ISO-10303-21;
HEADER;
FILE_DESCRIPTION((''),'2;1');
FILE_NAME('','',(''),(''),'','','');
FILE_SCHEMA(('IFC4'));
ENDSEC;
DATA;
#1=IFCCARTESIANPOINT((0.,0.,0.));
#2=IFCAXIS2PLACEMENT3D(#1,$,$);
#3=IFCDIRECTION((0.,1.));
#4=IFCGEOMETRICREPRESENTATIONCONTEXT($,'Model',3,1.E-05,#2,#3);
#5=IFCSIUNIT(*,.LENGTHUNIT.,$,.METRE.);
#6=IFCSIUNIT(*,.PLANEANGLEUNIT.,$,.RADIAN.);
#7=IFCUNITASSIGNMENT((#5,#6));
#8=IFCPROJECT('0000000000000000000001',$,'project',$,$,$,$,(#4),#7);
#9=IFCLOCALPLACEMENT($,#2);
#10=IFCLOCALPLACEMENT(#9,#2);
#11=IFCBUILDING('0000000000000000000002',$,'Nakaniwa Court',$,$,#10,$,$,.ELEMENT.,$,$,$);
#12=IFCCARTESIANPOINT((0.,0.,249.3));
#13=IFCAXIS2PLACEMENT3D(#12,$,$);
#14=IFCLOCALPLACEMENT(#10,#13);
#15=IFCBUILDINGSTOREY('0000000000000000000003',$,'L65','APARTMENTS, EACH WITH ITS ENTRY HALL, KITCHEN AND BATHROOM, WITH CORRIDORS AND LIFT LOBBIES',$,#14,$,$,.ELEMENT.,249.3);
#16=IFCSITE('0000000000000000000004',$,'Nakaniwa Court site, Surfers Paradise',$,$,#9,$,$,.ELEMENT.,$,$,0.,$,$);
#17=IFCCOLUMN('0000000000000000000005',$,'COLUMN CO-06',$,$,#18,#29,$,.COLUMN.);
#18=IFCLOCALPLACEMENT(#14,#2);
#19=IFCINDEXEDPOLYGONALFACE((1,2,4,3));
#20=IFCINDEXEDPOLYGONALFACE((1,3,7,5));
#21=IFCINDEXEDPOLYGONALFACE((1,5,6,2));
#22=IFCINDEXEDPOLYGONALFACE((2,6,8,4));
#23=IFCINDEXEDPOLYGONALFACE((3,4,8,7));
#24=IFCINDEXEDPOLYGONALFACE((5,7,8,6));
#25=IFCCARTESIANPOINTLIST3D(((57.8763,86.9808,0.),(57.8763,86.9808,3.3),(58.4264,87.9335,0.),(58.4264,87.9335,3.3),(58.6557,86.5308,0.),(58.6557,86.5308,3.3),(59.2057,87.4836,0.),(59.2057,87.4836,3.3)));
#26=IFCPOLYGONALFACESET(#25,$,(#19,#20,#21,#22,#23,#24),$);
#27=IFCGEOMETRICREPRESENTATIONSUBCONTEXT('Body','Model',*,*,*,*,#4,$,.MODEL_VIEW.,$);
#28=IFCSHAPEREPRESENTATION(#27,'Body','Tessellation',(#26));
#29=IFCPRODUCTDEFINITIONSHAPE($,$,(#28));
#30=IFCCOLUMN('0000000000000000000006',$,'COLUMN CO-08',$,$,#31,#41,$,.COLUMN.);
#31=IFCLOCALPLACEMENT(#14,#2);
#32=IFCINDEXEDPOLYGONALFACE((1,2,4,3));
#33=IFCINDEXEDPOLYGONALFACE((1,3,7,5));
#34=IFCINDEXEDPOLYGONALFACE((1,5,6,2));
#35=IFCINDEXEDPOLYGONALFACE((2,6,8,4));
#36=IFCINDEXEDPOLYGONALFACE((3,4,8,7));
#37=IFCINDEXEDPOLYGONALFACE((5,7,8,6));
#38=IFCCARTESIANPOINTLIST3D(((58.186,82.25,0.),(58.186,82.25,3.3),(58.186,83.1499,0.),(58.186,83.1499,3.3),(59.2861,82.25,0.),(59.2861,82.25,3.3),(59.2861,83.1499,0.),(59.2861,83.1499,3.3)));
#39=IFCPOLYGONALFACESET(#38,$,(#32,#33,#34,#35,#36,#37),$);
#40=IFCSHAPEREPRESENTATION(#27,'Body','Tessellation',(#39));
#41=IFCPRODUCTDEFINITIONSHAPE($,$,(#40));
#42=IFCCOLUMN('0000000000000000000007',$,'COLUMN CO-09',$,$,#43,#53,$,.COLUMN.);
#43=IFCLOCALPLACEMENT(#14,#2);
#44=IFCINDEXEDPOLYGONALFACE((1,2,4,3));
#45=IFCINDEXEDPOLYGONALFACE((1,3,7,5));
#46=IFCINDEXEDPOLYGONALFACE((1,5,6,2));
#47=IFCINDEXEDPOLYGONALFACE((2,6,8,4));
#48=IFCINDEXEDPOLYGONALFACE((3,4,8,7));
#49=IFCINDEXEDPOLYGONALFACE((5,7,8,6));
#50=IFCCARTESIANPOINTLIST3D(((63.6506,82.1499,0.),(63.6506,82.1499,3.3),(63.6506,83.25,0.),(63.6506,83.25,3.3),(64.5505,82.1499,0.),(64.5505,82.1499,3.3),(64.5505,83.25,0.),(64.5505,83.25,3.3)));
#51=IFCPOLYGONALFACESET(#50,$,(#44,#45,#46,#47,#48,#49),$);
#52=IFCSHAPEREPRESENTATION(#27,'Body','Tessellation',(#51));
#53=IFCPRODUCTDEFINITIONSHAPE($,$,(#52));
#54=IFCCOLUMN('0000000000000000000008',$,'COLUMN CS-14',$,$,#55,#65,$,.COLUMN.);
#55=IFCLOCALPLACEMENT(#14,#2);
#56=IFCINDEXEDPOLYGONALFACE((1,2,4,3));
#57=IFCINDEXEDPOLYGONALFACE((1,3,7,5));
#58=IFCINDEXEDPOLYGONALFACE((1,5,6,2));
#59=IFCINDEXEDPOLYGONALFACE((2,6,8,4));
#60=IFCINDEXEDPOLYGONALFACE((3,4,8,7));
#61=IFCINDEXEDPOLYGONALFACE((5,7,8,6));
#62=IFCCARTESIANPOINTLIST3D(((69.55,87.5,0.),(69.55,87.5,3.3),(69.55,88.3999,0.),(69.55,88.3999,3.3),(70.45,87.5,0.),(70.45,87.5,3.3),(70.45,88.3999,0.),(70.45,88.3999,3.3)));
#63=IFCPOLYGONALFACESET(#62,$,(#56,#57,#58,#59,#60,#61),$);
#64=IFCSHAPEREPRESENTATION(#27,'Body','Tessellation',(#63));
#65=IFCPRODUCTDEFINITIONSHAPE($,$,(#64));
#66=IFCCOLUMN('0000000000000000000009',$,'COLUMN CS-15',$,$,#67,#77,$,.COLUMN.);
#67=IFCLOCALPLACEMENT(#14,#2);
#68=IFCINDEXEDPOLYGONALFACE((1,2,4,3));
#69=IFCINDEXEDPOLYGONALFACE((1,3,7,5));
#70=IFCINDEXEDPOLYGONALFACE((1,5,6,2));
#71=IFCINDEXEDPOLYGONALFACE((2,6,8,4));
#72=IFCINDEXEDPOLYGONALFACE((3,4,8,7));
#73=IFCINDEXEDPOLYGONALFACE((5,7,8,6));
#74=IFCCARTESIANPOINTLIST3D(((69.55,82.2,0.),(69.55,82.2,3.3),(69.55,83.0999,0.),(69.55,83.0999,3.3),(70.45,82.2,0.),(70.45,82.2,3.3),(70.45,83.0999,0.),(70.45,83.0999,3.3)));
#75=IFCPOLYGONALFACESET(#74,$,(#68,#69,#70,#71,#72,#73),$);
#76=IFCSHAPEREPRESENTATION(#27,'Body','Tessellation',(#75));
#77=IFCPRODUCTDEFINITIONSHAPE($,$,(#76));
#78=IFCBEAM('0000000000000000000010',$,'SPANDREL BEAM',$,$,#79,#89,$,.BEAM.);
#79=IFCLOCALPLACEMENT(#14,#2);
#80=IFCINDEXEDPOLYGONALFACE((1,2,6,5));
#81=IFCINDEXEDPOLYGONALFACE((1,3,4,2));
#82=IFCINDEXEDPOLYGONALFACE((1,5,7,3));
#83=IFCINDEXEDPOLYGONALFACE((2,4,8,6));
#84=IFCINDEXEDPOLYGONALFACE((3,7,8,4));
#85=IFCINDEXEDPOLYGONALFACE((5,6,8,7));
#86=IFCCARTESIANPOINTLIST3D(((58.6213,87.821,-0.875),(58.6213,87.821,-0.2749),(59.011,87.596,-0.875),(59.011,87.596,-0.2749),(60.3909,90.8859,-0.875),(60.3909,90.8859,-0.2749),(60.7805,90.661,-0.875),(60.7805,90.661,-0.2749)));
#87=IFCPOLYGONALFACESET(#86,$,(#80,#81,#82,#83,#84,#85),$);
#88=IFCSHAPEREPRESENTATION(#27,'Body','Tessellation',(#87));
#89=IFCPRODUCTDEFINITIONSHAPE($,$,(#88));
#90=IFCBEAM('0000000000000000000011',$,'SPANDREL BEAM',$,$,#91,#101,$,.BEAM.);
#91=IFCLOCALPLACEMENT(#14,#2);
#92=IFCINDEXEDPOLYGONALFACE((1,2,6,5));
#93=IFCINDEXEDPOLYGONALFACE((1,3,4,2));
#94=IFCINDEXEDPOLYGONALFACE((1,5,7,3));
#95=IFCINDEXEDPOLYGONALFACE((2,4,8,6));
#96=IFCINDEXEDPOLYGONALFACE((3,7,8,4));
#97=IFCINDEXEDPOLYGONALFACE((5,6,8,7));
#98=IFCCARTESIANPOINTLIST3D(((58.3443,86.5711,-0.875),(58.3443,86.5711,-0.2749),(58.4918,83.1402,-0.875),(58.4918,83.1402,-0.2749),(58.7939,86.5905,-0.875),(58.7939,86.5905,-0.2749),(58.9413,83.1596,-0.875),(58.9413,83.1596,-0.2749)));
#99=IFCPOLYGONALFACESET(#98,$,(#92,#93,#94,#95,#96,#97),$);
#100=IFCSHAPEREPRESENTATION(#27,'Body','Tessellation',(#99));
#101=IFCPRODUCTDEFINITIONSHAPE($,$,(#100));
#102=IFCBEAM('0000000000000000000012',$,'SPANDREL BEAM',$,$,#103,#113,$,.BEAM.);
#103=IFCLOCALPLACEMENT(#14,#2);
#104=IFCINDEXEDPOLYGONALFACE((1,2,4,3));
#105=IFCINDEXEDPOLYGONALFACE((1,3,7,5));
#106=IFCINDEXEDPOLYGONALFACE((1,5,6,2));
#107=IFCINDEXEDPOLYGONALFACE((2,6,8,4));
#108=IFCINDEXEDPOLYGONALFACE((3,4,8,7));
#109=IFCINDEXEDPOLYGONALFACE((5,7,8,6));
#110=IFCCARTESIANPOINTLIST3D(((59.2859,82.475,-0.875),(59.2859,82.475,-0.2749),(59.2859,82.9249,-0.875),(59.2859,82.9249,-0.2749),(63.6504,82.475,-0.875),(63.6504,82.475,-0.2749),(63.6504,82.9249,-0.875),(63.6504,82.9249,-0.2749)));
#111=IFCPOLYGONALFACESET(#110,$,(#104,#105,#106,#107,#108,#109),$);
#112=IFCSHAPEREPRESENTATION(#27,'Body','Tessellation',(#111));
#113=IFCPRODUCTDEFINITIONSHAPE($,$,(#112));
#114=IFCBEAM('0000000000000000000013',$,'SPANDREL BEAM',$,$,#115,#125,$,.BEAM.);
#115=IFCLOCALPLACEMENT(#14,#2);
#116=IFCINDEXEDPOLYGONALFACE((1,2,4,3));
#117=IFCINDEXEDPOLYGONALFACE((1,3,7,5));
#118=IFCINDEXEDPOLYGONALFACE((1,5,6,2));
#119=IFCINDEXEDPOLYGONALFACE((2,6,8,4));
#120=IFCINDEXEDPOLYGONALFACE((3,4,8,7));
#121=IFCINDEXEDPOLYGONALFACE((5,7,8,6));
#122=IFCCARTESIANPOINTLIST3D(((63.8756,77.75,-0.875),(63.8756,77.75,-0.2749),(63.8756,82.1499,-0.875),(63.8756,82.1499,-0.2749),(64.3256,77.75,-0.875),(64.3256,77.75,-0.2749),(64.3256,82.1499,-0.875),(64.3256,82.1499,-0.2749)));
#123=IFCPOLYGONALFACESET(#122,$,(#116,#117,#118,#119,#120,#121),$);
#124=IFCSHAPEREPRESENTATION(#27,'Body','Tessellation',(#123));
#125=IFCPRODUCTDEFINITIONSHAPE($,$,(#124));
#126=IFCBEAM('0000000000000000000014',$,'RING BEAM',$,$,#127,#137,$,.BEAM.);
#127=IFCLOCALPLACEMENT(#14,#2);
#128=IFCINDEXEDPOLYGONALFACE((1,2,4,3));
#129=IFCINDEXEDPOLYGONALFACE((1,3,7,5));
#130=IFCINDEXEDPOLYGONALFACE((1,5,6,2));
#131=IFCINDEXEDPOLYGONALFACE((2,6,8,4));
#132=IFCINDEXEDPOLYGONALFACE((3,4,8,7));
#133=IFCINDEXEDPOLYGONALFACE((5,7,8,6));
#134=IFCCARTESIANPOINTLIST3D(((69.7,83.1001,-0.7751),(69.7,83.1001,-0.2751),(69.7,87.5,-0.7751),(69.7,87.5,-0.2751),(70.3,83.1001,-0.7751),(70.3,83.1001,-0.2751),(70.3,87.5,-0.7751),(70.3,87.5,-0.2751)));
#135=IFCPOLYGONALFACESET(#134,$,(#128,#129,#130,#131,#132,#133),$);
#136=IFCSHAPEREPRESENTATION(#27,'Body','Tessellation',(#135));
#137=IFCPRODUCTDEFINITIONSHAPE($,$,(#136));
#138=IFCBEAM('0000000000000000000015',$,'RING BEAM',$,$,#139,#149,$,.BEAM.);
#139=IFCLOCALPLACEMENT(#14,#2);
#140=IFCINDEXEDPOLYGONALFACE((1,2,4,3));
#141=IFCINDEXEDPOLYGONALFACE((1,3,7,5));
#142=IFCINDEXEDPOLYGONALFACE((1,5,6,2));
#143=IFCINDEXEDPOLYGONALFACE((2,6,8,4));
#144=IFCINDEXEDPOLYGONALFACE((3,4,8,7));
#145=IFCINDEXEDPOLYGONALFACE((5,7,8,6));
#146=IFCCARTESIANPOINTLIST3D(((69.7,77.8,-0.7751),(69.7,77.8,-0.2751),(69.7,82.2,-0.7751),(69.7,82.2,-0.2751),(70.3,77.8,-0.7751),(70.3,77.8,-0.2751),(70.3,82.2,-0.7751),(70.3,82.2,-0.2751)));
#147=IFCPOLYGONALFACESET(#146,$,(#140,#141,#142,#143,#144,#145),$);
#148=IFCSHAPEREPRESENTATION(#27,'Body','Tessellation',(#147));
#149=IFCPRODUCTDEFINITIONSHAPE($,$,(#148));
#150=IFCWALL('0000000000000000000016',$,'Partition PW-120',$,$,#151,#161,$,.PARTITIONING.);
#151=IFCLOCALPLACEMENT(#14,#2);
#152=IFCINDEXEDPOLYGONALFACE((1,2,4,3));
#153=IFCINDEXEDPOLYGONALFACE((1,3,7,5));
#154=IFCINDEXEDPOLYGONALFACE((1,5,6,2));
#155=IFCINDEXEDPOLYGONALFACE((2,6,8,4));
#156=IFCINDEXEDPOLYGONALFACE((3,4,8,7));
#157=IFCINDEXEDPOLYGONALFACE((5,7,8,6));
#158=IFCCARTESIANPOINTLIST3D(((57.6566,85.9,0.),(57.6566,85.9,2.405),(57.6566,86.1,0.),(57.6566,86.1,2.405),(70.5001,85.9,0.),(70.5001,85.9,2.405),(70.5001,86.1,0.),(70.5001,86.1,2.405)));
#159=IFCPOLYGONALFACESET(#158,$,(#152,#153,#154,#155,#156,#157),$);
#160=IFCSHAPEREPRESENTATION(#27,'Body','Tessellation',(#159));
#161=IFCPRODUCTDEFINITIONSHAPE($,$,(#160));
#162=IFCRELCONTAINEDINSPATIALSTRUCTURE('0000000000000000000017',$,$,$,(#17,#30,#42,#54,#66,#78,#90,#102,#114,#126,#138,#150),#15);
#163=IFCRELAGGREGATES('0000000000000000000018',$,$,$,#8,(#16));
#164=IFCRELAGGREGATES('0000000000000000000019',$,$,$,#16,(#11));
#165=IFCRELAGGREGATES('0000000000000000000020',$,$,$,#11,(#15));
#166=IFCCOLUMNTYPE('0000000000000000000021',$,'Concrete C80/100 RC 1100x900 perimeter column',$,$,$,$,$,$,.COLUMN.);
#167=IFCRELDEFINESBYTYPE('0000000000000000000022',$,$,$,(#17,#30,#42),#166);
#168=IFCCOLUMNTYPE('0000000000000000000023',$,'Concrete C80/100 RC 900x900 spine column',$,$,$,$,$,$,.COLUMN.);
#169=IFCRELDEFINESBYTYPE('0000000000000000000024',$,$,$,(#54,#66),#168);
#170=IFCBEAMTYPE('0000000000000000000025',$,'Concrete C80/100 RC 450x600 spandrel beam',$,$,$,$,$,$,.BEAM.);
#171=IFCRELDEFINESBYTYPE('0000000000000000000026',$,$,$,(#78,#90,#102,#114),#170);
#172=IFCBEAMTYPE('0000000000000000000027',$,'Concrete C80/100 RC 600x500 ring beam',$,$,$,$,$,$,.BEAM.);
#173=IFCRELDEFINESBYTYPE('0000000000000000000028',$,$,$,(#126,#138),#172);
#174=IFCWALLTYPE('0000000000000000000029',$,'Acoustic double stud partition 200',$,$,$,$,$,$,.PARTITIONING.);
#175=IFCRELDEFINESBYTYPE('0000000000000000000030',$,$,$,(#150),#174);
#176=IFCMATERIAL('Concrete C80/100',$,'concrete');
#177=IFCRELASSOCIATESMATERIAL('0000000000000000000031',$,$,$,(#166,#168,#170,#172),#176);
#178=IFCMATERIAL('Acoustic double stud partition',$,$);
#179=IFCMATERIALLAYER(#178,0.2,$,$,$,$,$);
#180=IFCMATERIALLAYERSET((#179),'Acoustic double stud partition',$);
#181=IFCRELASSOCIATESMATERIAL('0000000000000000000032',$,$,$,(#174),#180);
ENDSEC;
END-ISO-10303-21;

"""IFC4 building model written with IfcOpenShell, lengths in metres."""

from ifc_helpers import new_model, si_unit, direction, frame, frame_2d, origin, origin_2d, place, context, subcontext, project, spatial, rectangle, extrude, material, layer, layer_set, material_profile, profile_set, type_object, element, save


model = new_model("IFC4")

# Units and contexts
model_context = context("Model", 3, precision=1e-05, world=origin(), true_north=direction((0.0, 1.0)))
body_context = subcontext(model_context, "Body", "Model", "MODEL_VIEW")
ifc_project = project(units=[si_unit("LENGTHUNIT", "METRE"), si_unit("PLANEANGLEUNIT", "RADIAN")], contexts=[model_context])

# Site, building, storey
site_placement = place(None, origin())
site = spatial("IfcSite", under=ifc_project, at=site_placement, Name="Nakaniwa Court site, Surfers Paradise", CompositionType="ELEMENT", RefElevation=0.0)
building_placement = place(site_placement, origin())
building = spatial("IfcBuilding", under=site, at=building_placement, Name="Nakaniwa Court", CompositionType="ELEMENT")
storey_placement = place(building_placement, frame((0.0, 0.0, 249.3)))
storey = spatial("IfcBuildingStorey", under=building, at=storey_placement, Name="L65", Description="APARTMENTS, EACH WITH ITS ENTRY HALL, KITCHEN AND BATHROOM, WITH CORRIDORS AND LIFT LOBBIES", CompositionType="ELEMENT", Elevation=249.3)

# Columns
ifc_material_1 = material(Name="Concrete C80/100", Category="concrete")
ifc_material_profile_1 = material_profile(ifc_material_1, rectangle(XDim=1.1001, YDim=0.8999, at=origin_2d()), Name="Concrete C80/100 RC 1100x900 perimeter column")
ifc_profile_set_1 = profile_set([ifc_material_profile_1], Name="Concrete C80/100")
column_type_1 = type_object("IfcColumnType", Name="Concrete C80/100 RC 1100x900 perimeter column", PredefinedType="COLUMN", material=ifc_profile_set_1)
for number, where, z_axis, x_axis, name in (
    (1, (58.541, 87.2322, 0.0), (0.0, 0.0, 1.0), (-0.5, -0.866025, 0.0), "COLUMN CO-06"),
    (2, (58.7361, 82.7, 0.0), (0.0, 0.0, 1.0), (1.0, 0.0, 0.0), "COLUMN CO-08"),
    (3, (64.1006, 82.7, 0.0), (0.0, 0.0, 1.0), (0.0, -1.0, 0.0), "COLUMN CO-09"),
):
    element("IfcColumn", number, at=place(storey_placement, frame(where, z_axis=z_axis, x_axis=x_axis)), inside=storey, type_object=column_type_1, Name=name, PredefinedType="COLUMN", context=body_context, shape_type="SweptSolid", body=[
        extrude(rectangle(XDim=1.1001, YDim=0.8999, at=origin_2d()), origin(), (0.0, 0.0, 1.0), 3.3),
    ])
ifc_material_profile_2 = material_profile(ifc_material_1, rectangle(XDim=0.8999, YDim=0.8999, at=origin_2d()), Name="Concrete C80/100 RC 900x900 spine column")
ifc_profile_set_2 = profile_set([ifc_material_profile_2], Name="Concrete C80/100")
column_type_2 = type_object("IfcColumnType", Name="Concrete C80/100 RC 900x900 spine column", PredefinedType="COLUMN", material=ifc_profile_set_2)
for number, where, z_axis, x_axis, name in (
    (4, (70.0, 87.95, 0.0), (0.0, 0.0, 1.0), (0.0, -1.0, 0.0), "COLUMN CS-14"),
    (5, (70.0, 82.6499, 0.0), (0.0, 0.0, 1.0), (0.0, -1.0, 0.0), "COLUMN CS-15"),
):
    element("IfcColumn", number, at=place(storey_placement, frame(where, z_axis=z_axis, x_axis=x_axis)), inside=storey, type_object=column_type_2, Name=name, PredefinedType="COLUMN", context=body_context, shape_type="SweptSolid", body=[
        extrude(rectangle(XDim=0.8999, YDim=0.8999, at=origin_2d()), origin(), (0.0, 0.0, 1.0), 3.3),
    ])

# Beams
ifc_material_profile_3 = material_profile(ifc_material_1, rectangle(XDim=0.45, YDim=0.6001, at=origin_2d()), Name="Concrete C80/100 RC 450x600 spandrel beam")
ifc_profile_set_3 = profile_set([ifc_material_profile_3], Name="Concrete C80/100")
beam_type_1 = type_object("IfcBeamType", Name="Concrete C80/100 RC 450x600 spandrel beam", PredefinedType="BEAM", material=ifc_profile_set_3)
beam_1_placement = place(storey_placement, frame((60.5857, 90.7734, -0.575), z_axis=(-0.499997, -0.866027, 0.0), x_axis=(0.866027, -0.499997, 0.0)))
element("IfcBeam", 6, at=beam_1_placement, inside=storey, type_object=beam_type_1, Name="SPANDREL BEAM", PredefinedType="BEAM", context=body_context, shape_type="SweptSolid", body=[
    extrude(rectangle(XDim=0.45, YDim=0.6001, at=origin_2d()), origin(), (0.0, 0.0, 1.0), 3.5391),
])
beam_2_placement = place(storey_placement, frame((58.5691, 86.5808, -0.575), z_axis=(0.042941, -0.999078, 0.0), x_axis=(0.999078, 0.042941, 0.0)))
element("IfcBeam", 7, at=beam_2_placement, inside=storey, type_object=beam_type_1, Name="SPANDREL BEAM", PredefinedType="BEAM", context=body_context, shape_type="SweptSolid", body=[
    extrude(rectangle(XDim=0.45, YDim=0.6001, at=origin_2d()), origin(), (0.0, 0.0, 1.0), 3.4341),
])
beam_3_placement = place(storey_placement, frame((59.2859, 82.7, -0.575), z_axis=(1.0, 0.0, 0.0), x_axis=(0.0, 1.0, 0.0)))
element("IfcBeam", 8, at=beam_3_placement, inside=storey, type_object=beam_type_1, Name="SPANDREL BEAM", PredefinedType="BEAM", context=body_context, shape_type="SweptSolid", body=[
    extrude(rectangle(XDim=0.45, YDim=0.6001, at=origin_2d()), origin(), (0.0, 0.0, 1.0), 4.3645),
])
beam_4_placement = place(storey_placement, frame((64.1006, 82.1499, -0.575), z_axis=(0.0, -1.0, 0.0), x_axis=(1.0, 0.0, 0.0)))
element("IfcBeam", 9, at=beam_4_placement, inside=storey, type_object=beam_type_1, Name="SPANDREL BEAM", PredefinedType="BEAM", context=body_context, shape_type="SweptSolid", body=[
    extrude(rectangle(XDim=0.45, YDim=0.6001, at=origin_2d()), origin(), (0.0, 0.0, 1.0), 4.3999),
])
ifc_material_profile_4 = material_profile(ifc_material_1, rectangle(XDim=0.6001, YDim=0.5, at=origin_2d()), Name="Concrete C80/100 RC 600x500 ring beam")
ifc_profile_set_4 = profile_set([ifc_material_profile_4], Name="Concrete C80/100")
beam_type_2 = type_object("IfcBeamType", Name="Concrete C80/100 RC 600x500 ring beam", PredefinedType="BEAM", material=ifc_profile_set_4)
for number, where, z_axis, x_axis, name in (
    (10, (70.0, 87.5, -0.5251), (0.0, -1.0, 0.0), (1.0, 0.0, 0.0), "RING BEAM"),
    (11, (70.0, 82.2, -0.5251), (0.0, -1.0, 0.0), (1.0, 0.0, 0.0), "RING BEAM"),
):
    element("IfcBeam", number, at=place(storey_placement, frame(where, z_axis=z_axis, x_axis=x_axis)), inside=storey, type_object=beam_type_2, Name=name, PredefinedType="BEAM", context=body_context, shape_type="SweptSolid", body=[
        extrude(rectangle(XDim=0.6001, YDim=0.5, at=origin_2d()), origin(), (0.0, 0.0, 1.0), 4.3999),
    ])

# Wall
ifc_material_2 = material(Name="Acoustic double stud partition")
ifc_layer_1 = layer(ifc_material_2, 0.2)
ifc_layer_set_1 = layer_set([ifc_layer_1], Name="Acoustic double stud partition")
wall_type_1 = type_object("IfcWallType", Name="Acoustic double stud partition 200", PredefinedType="PARTITIONING", material=ifc_layer_set_1)
wall_1_placement = place(storey_placement, frame((57.6565, 86.0, 0.0), z_axis=(0.0, 0.0, 1.0), x_axis=(1.0, 0.0, 0.0)))
element("IfcWall", 12, at=wall_1_placement, inside=storey, type_object=wall_type_1, Name="Partition PW-120", PredefinedType="PARTITIONING", context=body_context, shape_type="SweptSolid", body=[
    extrude(rectangle(XDim=12.8435, YDim=0.2, at=frame_2d((6.4219, 0.0))), origin(), (0.0, 0.0, 1.0), 2.405),
])

save(model, "model.ifc")
